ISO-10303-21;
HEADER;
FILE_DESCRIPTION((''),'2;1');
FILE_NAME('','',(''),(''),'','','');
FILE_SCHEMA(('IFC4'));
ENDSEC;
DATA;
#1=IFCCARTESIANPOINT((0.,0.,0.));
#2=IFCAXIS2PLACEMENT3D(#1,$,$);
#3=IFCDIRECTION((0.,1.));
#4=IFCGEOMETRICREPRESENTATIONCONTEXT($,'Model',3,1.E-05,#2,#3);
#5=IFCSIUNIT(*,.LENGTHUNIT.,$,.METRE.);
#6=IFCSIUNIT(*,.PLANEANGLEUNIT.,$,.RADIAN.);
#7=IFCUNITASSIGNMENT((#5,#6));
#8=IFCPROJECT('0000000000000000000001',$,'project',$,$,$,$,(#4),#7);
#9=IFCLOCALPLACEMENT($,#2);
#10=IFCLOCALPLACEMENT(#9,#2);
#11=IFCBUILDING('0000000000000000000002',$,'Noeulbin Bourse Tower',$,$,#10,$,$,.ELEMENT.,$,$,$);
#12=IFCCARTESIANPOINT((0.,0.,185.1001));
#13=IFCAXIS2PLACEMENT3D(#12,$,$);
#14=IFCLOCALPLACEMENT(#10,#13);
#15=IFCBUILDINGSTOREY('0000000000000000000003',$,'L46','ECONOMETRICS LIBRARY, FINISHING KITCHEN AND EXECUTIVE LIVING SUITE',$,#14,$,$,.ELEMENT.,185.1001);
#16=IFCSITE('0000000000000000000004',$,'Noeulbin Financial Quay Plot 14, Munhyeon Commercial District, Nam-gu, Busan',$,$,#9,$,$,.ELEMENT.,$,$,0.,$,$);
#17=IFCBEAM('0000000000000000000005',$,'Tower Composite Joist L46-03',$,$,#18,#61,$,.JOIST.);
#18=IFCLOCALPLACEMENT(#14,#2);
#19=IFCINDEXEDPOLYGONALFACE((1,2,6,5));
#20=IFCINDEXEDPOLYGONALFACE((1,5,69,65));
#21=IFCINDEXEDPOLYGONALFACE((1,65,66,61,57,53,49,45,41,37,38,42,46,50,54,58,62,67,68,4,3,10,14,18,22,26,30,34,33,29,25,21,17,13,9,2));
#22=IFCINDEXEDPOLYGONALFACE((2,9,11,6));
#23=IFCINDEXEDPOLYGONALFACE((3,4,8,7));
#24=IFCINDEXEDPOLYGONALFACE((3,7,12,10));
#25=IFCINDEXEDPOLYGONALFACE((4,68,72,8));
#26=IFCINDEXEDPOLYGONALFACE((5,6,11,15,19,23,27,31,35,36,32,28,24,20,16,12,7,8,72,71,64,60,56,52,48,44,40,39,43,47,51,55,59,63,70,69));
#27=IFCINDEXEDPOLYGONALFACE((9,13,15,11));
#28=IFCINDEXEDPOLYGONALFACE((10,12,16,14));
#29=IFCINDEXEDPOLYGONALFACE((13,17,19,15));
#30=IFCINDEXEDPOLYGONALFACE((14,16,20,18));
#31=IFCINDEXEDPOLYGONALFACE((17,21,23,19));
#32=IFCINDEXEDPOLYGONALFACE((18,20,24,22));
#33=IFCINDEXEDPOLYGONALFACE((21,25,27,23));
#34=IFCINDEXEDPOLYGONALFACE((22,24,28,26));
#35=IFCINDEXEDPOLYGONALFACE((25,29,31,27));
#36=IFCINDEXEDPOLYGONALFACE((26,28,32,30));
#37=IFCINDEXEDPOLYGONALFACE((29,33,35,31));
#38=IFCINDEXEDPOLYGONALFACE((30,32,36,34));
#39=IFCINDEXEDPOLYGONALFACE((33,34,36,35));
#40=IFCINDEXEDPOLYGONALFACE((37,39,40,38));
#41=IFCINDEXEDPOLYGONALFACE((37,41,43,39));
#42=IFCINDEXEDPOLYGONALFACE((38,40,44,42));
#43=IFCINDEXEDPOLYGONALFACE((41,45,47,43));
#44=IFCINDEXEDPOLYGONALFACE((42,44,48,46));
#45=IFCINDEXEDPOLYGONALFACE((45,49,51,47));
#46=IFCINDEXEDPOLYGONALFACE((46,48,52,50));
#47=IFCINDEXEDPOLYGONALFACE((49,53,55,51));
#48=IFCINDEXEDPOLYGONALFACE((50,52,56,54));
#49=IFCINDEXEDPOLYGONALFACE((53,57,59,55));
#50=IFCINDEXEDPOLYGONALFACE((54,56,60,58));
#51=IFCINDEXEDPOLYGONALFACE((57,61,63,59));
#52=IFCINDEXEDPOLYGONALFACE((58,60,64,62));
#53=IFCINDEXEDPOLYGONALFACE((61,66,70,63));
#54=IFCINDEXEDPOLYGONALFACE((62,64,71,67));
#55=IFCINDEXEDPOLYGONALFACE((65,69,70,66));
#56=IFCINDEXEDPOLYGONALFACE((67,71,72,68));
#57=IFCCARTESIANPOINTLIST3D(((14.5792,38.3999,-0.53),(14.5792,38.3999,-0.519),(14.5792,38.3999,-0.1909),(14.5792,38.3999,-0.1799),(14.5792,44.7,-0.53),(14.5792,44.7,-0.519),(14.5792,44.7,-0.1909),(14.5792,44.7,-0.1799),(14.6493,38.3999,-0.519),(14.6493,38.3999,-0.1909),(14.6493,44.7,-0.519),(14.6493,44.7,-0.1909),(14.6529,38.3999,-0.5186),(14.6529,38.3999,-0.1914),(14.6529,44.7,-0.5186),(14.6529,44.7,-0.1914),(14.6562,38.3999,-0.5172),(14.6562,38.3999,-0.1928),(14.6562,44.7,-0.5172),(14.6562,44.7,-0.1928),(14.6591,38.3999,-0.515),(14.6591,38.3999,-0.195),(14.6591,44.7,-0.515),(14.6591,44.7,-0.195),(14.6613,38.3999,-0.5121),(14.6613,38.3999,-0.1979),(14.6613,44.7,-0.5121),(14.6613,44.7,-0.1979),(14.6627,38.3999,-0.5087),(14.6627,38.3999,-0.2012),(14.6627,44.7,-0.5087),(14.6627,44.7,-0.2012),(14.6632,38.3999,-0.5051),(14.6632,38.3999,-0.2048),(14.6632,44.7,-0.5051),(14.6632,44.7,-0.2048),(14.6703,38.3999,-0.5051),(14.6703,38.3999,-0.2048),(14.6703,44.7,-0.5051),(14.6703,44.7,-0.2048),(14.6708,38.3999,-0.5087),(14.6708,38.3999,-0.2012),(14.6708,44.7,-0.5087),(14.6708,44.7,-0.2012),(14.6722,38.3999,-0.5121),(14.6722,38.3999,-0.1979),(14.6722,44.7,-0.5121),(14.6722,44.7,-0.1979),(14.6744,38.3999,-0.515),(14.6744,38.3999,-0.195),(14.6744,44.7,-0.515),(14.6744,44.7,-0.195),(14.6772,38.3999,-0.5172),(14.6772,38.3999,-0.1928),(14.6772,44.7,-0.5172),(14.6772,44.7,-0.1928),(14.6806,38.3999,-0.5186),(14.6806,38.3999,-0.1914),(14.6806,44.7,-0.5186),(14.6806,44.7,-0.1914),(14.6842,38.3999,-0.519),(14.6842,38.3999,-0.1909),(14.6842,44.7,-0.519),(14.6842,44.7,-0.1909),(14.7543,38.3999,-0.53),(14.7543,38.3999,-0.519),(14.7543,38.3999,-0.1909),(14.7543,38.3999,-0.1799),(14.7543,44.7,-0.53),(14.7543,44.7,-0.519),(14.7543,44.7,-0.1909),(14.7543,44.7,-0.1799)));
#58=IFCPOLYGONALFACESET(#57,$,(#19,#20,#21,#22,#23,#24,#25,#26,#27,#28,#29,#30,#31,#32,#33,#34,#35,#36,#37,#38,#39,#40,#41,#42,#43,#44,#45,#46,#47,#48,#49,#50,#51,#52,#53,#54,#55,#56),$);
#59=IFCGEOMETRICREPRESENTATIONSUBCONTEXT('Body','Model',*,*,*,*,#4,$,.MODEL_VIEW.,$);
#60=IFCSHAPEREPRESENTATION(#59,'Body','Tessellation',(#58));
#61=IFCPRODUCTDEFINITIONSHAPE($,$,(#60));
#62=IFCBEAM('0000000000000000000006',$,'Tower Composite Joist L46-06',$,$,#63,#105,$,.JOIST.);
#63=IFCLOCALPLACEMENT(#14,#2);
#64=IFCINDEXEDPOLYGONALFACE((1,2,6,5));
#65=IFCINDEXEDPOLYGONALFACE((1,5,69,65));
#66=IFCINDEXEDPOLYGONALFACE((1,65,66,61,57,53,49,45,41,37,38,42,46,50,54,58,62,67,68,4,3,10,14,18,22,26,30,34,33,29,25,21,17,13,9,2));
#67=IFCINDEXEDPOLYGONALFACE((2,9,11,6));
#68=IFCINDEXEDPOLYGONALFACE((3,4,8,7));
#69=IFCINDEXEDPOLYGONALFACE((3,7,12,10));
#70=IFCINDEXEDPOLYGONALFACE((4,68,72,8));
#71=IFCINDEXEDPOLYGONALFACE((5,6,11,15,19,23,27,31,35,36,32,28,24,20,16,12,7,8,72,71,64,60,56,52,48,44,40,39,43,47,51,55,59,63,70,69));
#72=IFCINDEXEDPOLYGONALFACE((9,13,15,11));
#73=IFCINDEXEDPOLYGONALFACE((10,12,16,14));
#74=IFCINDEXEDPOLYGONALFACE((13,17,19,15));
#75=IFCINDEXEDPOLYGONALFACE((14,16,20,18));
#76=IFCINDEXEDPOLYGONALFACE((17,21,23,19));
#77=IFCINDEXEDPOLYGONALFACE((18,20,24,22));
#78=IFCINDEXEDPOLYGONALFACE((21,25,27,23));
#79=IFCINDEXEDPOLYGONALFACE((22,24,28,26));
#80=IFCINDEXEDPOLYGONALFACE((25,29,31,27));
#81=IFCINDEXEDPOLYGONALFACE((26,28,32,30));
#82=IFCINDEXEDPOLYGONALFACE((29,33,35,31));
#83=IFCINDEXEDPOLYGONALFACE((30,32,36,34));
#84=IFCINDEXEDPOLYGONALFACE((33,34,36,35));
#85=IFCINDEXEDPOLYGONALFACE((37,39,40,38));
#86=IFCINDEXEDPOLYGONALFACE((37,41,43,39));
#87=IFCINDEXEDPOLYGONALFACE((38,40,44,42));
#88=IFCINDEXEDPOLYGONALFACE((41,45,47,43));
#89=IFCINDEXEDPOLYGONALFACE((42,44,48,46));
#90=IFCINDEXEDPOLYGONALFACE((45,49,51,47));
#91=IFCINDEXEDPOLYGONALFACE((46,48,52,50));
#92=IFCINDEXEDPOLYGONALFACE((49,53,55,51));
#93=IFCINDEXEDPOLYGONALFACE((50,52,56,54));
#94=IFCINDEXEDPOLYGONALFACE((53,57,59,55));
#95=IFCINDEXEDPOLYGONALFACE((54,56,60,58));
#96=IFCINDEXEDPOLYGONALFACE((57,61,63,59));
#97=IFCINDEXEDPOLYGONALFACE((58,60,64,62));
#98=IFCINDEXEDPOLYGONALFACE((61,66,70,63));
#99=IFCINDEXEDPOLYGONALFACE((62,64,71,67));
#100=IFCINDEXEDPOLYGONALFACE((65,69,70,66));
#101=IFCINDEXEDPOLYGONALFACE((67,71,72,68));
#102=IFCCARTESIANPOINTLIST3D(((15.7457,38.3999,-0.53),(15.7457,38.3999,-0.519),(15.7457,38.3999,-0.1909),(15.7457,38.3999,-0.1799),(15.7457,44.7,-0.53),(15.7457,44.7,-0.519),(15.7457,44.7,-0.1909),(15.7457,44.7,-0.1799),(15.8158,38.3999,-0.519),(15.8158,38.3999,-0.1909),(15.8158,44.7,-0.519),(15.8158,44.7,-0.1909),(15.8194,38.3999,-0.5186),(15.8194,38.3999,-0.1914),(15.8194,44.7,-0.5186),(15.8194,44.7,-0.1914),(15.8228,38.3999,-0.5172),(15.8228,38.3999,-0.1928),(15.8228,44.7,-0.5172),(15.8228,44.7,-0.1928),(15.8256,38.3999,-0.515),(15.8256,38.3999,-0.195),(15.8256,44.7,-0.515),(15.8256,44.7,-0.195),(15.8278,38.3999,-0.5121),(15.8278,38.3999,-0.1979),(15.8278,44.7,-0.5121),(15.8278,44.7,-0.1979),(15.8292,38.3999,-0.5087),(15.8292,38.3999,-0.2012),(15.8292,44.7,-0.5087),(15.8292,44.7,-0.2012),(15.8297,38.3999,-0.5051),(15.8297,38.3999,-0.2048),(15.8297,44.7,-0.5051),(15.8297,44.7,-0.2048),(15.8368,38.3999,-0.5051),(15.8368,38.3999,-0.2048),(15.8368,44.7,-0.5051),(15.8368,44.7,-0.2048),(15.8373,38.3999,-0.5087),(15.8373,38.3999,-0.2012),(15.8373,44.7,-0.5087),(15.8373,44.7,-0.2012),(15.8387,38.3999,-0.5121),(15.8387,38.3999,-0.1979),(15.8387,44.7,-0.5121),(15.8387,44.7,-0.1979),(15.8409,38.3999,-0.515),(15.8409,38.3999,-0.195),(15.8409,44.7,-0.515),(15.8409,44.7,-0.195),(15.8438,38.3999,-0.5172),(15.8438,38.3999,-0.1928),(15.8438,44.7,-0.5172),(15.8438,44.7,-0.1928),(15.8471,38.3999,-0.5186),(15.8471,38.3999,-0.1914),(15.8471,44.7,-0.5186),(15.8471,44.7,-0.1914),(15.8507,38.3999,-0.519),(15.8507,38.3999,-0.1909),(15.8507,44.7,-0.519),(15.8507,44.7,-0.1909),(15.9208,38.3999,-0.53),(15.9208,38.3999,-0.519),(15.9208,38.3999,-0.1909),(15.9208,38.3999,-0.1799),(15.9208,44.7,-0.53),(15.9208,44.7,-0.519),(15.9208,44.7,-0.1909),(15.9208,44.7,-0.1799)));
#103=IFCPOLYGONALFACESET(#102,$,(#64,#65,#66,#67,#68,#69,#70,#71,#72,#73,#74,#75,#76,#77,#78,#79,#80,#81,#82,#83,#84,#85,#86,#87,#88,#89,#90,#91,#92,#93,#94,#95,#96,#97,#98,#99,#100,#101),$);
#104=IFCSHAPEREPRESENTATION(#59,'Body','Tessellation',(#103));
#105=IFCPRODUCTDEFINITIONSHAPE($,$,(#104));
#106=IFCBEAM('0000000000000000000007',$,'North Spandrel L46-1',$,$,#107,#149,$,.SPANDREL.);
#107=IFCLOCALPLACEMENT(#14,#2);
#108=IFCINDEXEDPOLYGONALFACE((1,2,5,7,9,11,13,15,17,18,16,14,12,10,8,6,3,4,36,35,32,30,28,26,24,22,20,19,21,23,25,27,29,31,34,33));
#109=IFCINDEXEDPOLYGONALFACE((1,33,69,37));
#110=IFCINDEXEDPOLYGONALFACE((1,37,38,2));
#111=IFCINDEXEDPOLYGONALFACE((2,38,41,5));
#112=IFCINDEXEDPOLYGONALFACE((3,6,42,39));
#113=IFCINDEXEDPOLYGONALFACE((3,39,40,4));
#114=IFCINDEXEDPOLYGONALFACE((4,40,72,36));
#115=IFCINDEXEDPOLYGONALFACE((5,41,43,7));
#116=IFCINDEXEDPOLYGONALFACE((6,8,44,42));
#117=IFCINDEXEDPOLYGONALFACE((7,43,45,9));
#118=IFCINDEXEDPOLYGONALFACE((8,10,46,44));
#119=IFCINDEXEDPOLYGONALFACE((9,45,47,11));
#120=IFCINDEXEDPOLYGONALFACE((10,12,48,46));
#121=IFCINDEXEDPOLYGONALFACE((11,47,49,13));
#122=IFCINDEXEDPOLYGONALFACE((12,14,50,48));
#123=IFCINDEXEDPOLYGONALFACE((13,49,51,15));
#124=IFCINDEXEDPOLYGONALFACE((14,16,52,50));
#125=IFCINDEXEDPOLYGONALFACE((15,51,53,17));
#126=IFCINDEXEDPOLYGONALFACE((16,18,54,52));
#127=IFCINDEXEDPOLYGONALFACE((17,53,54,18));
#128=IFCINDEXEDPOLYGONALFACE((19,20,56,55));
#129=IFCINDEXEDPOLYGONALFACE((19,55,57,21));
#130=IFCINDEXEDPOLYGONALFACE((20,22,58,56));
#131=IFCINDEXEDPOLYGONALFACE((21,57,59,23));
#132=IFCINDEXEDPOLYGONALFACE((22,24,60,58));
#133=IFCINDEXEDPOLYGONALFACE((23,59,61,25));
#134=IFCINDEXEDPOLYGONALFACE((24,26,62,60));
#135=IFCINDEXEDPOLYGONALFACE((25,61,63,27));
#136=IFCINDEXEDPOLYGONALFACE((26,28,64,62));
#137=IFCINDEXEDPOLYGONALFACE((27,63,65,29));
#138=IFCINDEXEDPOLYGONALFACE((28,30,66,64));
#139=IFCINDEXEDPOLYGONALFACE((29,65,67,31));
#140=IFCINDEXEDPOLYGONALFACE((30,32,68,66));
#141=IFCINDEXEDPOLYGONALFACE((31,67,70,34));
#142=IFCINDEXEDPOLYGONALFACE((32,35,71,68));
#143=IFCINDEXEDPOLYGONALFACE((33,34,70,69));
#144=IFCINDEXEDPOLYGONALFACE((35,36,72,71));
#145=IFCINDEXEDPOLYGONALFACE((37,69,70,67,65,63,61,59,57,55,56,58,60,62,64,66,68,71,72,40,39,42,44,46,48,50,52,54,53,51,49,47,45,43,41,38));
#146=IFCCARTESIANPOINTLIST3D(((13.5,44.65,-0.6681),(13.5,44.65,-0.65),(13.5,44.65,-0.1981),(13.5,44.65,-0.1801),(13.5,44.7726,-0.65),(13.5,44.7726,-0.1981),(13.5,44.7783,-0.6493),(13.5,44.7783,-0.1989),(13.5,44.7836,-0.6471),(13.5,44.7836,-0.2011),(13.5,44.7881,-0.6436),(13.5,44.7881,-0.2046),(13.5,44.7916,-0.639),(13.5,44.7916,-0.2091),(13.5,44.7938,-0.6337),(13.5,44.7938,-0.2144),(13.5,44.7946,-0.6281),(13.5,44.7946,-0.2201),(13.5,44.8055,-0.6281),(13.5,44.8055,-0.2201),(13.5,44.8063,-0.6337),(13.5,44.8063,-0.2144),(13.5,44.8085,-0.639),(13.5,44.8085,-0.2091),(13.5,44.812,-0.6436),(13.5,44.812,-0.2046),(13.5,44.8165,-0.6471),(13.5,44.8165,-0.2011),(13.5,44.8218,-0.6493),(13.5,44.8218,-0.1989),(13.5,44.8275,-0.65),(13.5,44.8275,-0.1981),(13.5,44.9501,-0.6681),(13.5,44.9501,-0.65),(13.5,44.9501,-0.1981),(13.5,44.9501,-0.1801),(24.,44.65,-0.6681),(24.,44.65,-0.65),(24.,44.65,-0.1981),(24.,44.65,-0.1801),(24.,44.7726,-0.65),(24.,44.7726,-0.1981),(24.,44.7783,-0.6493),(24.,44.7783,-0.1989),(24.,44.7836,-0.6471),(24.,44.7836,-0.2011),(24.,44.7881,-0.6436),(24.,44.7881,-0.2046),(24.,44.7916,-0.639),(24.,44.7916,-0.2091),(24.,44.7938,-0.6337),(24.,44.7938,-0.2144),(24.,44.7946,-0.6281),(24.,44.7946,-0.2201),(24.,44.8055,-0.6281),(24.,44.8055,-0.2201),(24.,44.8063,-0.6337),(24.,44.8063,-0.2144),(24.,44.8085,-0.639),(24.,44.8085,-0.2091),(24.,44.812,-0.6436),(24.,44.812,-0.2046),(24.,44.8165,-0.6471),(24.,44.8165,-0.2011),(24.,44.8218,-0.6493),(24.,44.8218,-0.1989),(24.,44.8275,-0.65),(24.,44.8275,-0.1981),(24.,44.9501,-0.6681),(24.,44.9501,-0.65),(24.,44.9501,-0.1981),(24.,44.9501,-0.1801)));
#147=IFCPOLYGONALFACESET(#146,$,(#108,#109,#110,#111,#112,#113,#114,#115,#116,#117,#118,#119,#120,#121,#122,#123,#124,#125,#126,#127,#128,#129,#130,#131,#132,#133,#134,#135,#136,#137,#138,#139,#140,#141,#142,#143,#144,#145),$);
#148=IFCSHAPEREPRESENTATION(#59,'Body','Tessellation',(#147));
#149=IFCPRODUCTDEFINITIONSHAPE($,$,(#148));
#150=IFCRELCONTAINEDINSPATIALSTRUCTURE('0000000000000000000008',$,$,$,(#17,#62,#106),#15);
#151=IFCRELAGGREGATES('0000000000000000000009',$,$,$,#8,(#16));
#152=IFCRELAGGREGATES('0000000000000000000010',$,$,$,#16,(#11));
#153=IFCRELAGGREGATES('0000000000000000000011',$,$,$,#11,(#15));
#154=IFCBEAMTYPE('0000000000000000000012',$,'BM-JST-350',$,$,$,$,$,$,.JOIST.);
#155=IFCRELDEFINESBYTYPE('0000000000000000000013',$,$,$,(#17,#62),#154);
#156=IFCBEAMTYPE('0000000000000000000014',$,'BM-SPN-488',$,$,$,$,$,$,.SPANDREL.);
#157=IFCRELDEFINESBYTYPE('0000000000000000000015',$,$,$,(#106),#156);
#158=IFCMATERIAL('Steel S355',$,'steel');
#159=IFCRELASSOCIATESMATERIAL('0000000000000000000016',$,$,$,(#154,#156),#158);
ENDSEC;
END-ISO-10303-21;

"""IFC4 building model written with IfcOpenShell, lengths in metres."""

from ifc_helpers import new_model, si_unit, direction, frame, origin, origin_2d, place, context, subcontext, project, spatial, i_section, extrude, material, material_profile, profile_set, type_object, element, save


model = new_model("IFC4")

# Units and contexts
model_context = context("Model", 3, precision=1e-05, world=origin(), true_north=direction((0.0, 1.0)))
body_context = subcontext(model_context, "Body", "Model", "MODEL_VIEW")
ifc_project = project(units=[si_unit("LENGTHUNIT", "METRE"), si_unit("PLANEANGLEUNIT", "RADIAN")], contexts=[model_context])

# Site, building, storey
site_placement = place(None, origin())
site = spatial("IfcSite", under=ifc_project, at=site_placement, Name="Noeulbin Financial Quay Plot 14, Munhyeon Commercial District, Nam-gu, Busan", CompositionType="ELEMENT", RefElevation=0.0)
building_placement = place(site_placement, origin())
building = spatial("IfcBuilding", under=site, at=building_placement, Name="Noeulbin Bourse Tower", CompositionType="ELEMENT")
storey_placement = place(building_placement, frame((0.0, 0.0, 185.1001)))
storey = spatial("IfcBuildingStorey", under=building, at=storey_placement, Name="L46", Description="ECONOMETRICS LIBRARY, FINISHING KITCHEN AND EXECUTIVE LIVING SUITE", CompositionType="ELEMENT", Elevation=185.1001)

# Shared definitions
ifc_material_1 = material(Name="Steel S355", Category="steel")

# Beams
ifc_material_profile_1 = material_profile(ifc_material_1, i_section(OverallWidth=0.175, OverallDepth=0.3501, WebThickness=0.0071, FlangeThickness=0.011, FilletRadius=0.0139, at=origin_2d()), Name="H-350x175x7x11", Category="LoadBearing")
ifc_profile_set_1 = profile_set([ifc_material_profile_1], Name="Steel S355")
beam_type_1 = type_object("IfcBeamType", Name="BM-JST-350", PredefinedType="JOIST", material=ifc_profile_set_1)
for number, where, z_axis, x_axis, name in (
    (1, (14.6667, 38.3999, -0.355), (0.0, 1.0, 0.0), (-1.0, 0.0, 0.0), "Tower Composite Joist L46-03"),
    (2, (15.8333, 38.3999, -0.355), (0.0, 1.0, 0.0), (-1.0, 0.0, 0.0), "Tower Composite Joist L46-06"),
):
    element("IfcBeam", number, at=place(storey_placement, frame(where, z_axis=z_axis, x_axis=x_axis)), inside=storey, type_object=beam_type_1, Name=name, PredefinedType="JOIST", context=body_context, shape_type="SweptSolid", body=[
        extrude(i_section(OverallWidth=0.175, OverallDepth=0.3501, WebThickness=0.0071, FlangeThickness=0.011, FilletRadius=0.0139, at=origin_2d()), origin(), (0.0, 0.0, 1.0), 6.3),
    ])
ifc_material_profile_2 = material_profile(ifc_material_1, i_section(OverallWidth=0.3, OverallDepth=0.488, WebThickness=0.011, FlangeThickness=0.0181, FilletRadius=0.022, at=origin_2d()), Name="H-488x300x11x18", Category="LoadBearing")
ifc_profile_set_2 = profile_set([ifc_material_profile_2], Name="Steel S355")
beam_type_2 = type_object("IfcBeamType", Name="BM-SPN-488", PredefinedType="SPANDREL", material=ifc_profile_set_2)
beam_1_placement = place(storey_placement, frame((13.5, 44.8, -0.4241), z_axis=(1.0, 0.0, 0.0), x_axis=(0.0, 1.0, 0.0)))
element("IfcBeam", 3, at=beam_1_placement, inside=storey, type_object=beam_type_2, Name="North Spandrel L46-1", PredefinedType="SPANDREL", context=body_context, shape_type="SweptSolid", body=[
    extrude(i_section(OverallWidth=0.3, OverallDepth=0.488, WebThickness=0.011, FlangeThickness=0.0181, FilletRadius=0.022, at=origin_2d()), origin(), (0.0, 0.0, 1.0), 10.5),
])

save(model, "model.ifc")
